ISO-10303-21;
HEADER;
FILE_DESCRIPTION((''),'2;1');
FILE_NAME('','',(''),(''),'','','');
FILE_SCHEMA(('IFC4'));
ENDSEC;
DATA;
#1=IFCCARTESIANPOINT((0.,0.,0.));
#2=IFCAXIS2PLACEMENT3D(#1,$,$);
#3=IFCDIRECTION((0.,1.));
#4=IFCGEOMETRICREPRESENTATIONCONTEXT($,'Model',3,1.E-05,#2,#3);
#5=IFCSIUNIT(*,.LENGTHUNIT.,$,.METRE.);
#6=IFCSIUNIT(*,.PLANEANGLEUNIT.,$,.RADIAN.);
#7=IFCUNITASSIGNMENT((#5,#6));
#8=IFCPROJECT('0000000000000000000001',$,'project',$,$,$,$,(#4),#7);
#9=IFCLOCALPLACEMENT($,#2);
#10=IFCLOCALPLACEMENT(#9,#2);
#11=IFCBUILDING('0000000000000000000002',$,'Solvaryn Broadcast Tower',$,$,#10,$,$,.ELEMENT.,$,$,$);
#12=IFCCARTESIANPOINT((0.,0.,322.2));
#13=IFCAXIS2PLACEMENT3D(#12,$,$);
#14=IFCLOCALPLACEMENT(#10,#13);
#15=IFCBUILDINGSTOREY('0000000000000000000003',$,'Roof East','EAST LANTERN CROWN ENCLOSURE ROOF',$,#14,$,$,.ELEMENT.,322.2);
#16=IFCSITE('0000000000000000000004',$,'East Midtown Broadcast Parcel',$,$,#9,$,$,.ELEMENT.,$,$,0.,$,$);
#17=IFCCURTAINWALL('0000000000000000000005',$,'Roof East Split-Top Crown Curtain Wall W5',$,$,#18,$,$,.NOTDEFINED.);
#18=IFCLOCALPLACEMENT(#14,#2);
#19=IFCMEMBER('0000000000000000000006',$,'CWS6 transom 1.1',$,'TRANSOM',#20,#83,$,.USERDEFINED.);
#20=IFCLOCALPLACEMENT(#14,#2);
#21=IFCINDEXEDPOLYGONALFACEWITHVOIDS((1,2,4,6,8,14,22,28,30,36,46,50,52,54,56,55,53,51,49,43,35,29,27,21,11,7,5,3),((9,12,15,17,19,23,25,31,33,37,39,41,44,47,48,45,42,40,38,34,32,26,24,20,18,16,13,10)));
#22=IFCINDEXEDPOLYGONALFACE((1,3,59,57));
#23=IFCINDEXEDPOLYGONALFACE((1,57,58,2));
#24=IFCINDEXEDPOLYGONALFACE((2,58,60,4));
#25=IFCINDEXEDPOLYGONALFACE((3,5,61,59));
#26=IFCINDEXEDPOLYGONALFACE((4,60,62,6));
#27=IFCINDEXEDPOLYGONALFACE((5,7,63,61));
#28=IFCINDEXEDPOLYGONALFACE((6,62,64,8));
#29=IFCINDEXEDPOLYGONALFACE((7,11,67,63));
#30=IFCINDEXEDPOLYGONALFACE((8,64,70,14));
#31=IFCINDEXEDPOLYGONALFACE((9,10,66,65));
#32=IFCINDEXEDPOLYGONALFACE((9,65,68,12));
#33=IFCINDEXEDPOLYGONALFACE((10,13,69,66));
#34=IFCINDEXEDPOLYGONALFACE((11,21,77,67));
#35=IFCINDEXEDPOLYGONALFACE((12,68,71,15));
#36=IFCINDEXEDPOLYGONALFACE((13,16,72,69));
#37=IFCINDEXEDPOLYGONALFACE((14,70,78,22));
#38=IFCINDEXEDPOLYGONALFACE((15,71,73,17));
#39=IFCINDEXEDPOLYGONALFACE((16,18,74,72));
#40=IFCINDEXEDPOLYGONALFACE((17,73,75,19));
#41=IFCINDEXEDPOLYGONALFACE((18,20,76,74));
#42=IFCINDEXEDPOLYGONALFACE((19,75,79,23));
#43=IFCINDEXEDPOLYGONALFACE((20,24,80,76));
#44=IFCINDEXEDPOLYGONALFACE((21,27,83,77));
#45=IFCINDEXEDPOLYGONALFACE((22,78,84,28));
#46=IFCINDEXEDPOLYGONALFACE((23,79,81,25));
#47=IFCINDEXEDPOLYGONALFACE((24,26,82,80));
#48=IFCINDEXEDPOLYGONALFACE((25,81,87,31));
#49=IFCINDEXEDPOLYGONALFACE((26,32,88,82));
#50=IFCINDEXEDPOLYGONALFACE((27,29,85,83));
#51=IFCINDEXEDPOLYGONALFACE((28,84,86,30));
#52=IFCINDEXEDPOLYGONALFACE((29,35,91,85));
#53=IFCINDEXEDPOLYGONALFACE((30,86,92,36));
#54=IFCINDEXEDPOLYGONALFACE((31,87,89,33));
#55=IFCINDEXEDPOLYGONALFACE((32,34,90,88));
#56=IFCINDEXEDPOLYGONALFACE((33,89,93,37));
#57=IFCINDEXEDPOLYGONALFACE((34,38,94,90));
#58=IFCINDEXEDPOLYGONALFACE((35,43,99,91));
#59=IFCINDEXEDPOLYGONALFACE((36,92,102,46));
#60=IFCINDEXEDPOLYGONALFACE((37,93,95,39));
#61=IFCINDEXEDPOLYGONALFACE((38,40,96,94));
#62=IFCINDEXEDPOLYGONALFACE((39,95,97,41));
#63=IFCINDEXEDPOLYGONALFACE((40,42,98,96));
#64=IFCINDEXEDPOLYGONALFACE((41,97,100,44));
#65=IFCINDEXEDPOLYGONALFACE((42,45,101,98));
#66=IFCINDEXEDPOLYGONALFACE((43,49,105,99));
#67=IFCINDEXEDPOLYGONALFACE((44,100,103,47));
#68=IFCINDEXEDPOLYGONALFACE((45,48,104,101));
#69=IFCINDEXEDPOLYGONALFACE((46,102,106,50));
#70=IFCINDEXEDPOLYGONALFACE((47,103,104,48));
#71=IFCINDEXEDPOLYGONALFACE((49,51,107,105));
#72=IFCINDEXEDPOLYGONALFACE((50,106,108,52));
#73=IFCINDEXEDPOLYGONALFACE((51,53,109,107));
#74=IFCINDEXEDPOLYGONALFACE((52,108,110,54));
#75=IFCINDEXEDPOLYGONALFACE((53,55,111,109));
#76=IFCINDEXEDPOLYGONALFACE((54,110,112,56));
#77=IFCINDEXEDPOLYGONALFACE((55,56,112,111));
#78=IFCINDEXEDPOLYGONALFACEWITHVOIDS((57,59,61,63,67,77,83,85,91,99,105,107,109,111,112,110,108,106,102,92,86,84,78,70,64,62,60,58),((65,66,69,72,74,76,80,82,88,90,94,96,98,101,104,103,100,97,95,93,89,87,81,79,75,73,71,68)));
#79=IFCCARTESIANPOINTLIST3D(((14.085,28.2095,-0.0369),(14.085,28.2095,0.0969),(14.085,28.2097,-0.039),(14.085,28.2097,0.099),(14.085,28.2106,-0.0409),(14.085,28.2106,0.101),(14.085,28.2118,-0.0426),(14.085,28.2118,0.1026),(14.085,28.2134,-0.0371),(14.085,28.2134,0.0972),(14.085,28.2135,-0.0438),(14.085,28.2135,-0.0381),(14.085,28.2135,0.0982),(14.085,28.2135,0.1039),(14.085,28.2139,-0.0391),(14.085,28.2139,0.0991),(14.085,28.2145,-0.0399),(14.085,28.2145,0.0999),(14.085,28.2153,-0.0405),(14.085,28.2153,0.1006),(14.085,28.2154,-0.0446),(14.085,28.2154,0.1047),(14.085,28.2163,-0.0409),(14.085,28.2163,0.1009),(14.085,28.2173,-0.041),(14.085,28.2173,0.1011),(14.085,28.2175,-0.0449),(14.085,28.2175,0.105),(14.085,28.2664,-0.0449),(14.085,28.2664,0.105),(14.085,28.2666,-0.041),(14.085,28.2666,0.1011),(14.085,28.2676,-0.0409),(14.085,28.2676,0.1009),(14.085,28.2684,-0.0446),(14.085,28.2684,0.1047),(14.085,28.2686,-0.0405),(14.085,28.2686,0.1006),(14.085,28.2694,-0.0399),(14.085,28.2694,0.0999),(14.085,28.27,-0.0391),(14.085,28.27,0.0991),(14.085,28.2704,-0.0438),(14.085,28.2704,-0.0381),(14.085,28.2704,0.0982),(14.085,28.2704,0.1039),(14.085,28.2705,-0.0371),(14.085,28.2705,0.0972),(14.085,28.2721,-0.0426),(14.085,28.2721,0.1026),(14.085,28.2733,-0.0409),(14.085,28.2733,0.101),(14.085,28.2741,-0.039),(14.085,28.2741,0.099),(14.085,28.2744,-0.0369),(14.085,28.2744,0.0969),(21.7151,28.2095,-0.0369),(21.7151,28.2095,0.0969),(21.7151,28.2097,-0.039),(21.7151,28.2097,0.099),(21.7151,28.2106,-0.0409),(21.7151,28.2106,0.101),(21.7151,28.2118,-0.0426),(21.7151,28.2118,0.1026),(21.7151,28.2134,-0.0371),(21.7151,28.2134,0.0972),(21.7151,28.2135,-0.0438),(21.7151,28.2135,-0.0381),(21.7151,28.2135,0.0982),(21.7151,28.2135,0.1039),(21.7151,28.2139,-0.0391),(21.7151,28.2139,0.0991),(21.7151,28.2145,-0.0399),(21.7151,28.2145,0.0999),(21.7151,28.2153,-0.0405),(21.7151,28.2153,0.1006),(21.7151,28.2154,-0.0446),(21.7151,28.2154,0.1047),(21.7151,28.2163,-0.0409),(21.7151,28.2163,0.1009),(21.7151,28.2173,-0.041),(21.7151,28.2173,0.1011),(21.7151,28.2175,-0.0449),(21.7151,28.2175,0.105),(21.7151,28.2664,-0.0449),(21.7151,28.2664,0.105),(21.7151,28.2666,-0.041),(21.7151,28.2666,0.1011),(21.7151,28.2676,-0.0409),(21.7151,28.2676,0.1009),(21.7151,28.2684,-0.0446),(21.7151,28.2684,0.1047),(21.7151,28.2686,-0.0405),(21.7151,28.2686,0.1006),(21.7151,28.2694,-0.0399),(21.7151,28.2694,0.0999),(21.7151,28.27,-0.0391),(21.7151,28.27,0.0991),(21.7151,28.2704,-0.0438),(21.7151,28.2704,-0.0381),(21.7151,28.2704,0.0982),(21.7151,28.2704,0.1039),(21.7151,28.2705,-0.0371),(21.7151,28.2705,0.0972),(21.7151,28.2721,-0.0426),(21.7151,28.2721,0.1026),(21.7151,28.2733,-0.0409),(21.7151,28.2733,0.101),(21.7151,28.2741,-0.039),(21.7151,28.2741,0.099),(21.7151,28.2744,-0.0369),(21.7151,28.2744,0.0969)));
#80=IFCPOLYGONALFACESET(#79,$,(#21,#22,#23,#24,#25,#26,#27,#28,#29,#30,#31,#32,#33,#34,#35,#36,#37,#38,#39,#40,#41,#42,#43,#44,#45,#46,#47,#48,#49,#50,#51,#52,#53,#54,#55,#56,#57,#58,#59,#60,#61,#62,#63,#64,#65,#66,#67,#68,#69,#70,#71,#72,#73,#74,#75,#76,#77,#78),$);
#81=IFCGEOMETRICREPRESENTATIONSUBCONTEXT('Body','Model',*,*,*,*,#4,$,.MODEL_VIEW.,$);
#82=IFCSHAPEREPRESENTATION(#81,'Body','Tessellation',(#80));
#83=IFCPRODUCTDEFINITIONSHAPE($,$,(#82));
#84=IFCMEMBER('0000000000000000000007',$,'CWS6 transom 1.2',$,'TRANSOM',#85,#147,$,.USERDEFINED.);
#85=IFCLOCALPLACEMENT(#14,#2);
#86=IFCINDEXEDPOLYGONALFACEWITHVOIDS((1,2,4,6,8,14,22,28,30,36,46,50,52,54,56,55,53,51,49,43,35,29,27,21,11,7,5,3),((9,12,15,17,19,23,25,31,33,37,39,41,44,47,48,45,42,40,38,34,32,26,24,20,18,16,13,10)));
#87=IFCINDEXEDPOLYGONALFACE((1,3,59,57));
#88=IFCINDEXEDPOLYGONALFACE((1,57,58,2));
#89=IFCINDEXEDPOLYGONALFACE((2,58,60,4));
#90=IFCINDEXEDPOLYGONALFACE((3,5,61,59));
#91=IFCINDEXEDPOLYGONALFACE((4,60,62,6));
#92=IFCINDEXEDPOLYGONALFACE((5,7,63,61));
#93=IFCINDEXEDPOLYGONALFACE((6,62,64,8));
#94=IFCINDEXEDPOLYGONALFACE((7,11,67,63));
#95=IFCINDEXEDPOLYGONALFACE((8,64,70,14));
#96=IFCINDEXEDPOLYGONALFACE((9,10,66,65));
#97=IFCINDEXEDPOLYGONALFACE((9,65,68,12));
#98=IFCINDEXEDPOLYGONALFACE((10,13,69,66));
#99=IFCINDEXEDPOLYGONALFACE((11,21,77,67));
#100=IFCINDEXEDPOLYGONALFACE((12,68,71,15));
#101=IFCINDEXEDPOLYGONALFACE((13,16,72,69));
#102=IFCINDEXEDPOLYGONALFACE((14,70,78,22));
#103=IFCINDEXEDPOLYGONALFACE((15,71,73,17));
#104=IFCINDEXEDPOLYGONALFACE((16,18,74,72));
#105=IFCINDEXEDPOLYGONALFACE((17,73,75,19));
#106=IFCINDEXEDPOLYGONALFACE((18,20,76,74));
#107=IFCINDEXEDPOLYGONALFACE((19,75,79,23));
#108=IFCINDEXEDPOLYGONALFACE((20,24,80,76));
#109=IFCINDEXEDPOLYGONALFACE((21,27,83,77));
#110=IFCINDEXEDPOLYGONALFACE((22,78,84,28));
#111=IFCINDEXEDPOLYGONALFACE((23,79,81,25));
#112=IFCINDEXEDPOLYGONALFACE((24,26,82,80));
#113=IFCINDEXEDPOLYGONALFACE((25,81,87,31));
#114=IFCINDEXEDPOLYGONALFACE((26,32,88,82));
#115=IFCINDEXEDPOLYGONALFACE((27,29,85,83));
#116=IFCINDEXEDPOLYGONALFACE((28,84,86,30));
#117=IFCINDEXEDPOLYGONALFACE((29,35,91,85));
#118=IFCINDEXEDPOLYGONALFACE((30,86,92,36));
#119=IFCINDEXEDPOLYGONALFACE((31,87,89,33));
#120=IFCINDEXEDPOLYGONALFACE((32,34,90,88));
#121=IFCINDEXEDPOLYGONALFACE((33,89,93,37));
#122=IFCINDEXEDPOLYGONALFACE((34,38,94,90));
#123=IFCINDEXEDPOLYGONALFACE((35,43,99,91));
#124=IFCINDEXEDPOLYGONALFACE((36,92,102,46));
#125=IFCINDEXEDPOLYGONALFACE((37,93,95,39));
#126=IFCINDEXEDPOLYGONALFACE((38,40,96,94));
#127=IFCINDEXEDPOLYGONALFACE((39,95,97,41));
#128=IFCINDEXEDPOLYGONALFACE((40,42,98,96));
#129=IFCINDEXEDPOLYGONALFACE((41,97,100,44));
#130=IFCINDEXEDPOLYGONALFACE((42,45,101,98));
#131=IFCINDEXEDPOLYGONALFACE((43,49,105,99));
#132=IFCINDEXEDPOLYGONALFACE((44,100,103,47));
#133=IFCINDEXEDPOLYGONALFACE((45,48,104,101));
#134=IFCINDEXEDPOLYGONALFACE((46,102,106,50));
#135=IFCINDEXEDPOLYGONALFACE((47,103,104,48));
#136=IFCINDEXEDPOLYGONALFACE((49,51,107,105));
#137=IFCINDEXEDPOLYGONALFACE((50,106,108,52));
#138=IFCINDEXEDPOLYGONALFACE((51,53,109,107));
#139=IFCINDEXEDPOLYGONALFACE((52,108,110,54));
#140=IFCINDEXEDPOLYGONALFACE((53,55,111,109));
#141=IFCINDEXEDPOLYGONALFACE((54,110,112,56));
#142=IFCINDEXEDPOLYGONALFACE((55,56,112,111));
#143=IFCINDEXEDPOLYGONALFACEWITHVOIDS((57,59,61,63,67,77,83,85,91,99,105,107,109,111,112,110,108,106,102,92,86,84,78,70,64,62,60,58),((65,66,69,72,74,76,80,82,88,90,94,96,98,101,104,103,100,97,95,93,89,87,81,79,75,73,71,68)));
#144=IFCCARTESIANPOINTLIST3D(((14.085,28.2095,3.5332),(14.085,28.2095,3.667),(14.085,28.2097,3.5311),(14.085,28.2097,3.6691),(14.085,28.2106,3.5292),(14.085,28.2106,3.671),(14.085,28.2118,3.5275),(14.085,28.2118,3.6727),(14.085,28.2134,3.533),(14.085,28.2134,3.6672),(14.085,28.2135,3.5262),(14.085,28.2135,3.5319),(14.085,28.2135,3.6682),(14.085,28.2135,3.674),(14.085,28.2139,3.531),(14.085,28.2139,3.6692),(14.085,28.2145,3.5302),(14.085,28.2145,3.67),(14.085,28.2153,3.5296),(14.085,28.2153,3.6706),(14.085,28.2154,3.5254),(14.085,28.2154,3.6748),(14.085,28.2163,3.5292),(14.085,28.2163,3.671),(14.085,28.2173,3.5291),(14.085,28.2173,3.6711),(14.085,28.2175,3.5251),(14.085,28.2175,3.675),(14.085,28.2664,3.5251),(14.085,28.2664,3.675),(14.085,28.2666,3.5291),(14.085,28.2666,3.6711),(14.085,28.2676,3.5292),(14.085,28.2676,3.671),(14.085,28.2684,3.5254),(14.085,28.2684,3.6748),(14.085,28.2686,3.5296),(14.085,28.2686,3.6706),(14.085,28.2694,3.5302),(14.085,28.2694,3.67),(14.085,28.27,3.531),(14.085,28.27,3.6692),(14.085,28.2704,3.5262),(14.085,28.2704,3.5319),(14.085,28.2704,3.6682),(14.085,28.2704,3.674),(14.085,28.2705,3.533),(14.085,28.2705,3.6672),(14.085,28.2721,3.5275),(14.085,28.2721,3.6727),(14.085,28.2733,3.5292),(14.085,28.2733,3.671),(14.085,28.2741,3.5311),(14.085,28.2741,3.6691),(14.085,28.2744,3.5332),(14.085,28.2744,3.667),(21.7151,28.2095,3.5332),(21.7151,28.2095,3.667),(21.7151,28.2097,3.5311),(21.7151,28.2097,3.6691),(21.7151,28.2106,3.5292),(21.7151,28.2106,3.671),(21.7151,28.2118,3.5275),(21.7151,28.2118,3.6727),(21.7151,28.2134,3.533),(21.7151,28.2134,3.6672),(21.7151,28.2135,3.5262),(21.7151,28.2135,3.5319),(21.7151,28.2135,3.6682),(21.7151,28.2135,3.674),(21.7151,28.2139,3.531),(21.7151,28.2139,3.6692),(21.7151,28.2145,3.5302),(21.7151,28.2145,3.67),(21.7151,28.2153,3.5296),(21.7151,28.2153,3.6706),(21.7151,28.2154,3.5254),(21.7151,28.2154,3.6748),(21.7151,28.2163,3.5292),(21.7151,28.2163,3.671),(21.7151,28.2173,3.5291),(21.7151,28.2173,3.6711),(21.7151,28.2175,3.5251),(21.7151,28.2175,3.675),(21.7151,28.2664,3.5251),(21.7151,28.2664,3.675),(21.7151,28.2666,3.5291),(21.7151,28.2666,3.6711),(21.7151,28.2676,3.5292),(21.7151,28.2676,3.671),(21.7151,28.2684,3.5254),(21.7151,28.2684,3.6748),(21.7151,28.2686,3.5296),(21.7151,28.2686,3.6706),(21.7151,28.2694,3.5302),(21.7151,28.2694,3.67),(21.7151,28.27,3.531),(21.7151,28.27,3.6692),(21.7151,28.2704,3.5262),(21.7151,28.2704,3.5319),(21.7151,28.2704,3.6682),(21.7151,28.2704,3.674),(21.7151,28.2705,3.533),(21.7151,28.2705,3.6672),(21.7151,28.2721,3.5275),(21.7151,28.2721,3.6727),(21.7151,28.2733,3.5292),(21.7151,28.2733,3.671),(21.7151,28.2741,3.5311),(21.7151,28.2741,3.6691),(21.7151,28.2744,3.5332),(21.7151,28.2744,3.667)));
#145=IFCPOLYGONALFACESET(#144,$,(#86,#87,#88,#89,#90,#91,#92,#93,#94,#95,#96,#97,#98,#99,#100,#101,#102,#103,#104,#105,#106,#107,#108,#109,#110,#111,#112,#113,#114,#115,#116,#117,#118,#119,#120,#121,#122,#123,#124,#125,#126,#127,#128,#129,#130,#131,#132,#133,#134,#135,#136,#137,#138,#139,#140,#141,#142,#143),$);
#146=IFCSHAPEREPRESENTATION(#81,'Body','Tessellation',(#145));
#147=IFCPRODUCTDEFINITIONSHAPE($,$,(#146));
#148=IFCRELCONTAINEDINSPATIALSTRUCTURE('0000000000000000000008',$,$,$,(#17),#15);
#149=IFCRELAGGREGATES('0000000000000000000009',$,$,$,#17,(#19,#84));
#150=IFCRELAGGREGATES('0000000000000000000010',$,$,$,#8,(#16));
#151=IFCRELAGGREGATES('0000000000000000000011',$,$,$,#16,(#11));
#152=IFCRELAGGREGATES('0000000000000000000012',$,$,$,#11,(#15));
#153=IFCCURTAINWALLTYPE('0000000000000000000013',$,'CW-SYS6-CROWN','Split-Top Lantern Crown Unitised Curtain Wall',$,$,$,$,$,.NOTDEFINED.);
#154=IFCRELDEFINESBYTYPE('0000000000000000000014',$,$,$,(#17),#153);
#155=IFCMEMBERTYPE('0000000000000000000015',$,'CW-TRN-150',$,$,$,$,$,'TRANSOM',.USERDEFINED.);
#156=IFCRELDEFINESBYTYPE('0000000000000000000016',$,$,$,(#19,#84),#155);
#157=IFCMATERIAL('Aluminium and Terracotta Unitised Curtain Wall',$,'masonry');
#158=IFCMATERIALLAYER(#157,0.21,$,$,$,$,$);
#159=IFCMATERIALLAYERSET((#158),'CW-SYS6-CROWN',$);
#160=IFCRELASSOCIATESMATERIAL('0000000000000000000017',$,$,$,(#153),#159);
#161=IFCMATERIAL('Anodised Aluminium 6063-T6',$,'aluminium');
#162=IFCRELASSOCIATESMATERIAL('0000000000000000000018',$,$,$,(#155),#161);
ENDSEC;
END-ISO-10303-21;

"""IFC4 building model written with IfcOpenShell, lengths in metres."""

from ifc_helpers import new_model, si_unit, direction, frame, origin, origin_2d, place, context, subcontext, project, spatial, hollow_rectangle, extrude, material, layer, layer_set, material_profile, profile_set, type_object, element, aggregate, save


model = new_model("IFC4")

# Units and contexts
model_context = context("Model", 3, precision=1e-05, world=origin(), true_north=direction((0.0, 1.0)))
body_context = subcontext(model_context, "Body", "Model", "MODEL_VIEW")
ifc_project = project(units=[si_unit("LENGTHUNIT", "METRE"), si_unit("PLANEANGLEUNIT", "RADIAN")], contexts=[model_context])

# Site, building, storey
site_placement = place(None, origin())
site = spatial("IfcSite", under=ifc_project, at=site_placement, Name="East Midtown Broadcast Parcel", CompositionType="ELEMENT", RefElevation=0.0)
building_placement = place(site_placement, origin())
building = spatial("IfcBuilding", under=site, at=building_placement, Name="Solvaryn Broadcast Tower", CompositionType="ELEMENT")
storey_placement = place(building_placement, frame((0.0, 0.0, 322.2)))
storey = spatial("IfcBuildingStorey", under=building, at=storey_placement, Name="Roof East", Description="EAST LANTERN CROWN ENCLOSURE ROOF", CompositionType="ELEMENT", Elevation=322.2)

# Shared definitions
ifc_material_1 = material(Name="Aluminium and Terracotta Unitised Curtain Wall", Category="masonry")
ifc_layer_1 = layer(ifc_material_1, 0.21)
ifc_layer_set_1 = layer_set([ifc_layer_1], Name="CW-SYS6-CROWN")
curtain_wall_type = type_object("IfcCurtainWallType", Name="CW-SYS6-CROWN", Description="Split-Top Lantern Crown Unitised Curtain Wall", PredefinedType="NOTDEFINED", material=ifc_layer_set_1)

# Curtain wall
curtain_wall_1_placement = place(storey_placement, origin())
curtain_wall_1 = element("IfcCurtainWall", 1, at=curtain_wall_1_placement, inside=storey, type_object=curtain_wall_type, Name="Roof East Split-Top Crown Curtain Wall W5", PredefinedType="NOTDEFINED")

# Members
ifc_material_2 = material(Name="Anodised Aluminium 6063-T6", Category="aluminium")
ifc_material_profile_1 = material_profile(ifc_material_2, hollow_rectangle(XDim=0.0649, YDim=0.1499, WallThickness=0.0039, InnerFilletRadius=0.0039, OuterFilletRadius=0.0081, at=origin_2d()))
ifc_profile_set_1 = profile_set([ifc_material_profile_1], Name="Anodised Aluminium 6063-T6")
member_type_1 = type_object("IfcMemberType", Name="CW-TRN-150", ElementType="TRANSOM", PredefinedType="USERDEFINED", material=ifc_profile_set_1)
member_1_placement = place(storey_placement, frame((14.085, 28.2419, 0.03), z_axis=(1.0, 0.0, 0.0), x_axis=(0.0, 1.0, 0.0)))
member_1 = element("IfcMember", 2, at=member_1_placement, type_object=member_type_1, Name="CWS6 transom 1.1", ObjectType="TRANSOM", PredefinedType="USERDEFINED", context=body_context, shape_type="SweptSolid", body=[
    extrude(hollow_rectangle(XDim=0.0649, YDim=0.1499, WallThickness=0.0039, InnerFilletRadius=0.0039, OuterFilletRadius=0.0081, at=origin_2d()), origin(), (0.0, 0.0, 1.0), 7.6301),
])
member_2_placement = place(storey_placement, frame((14.085, 28.2419, 3.6001), z_axis=(1.0, 0.0, 0.0), x_axis=(0.0, 1.0, 0.0)))
member_2 = element("IfcMember", 3, at=member_2_placement, type_object=member_type_1, Name="CWS6 transom 1.2", ObjectType="TRANSOM", PredefinedType="USERDEFINED", context=body_context, shape_type="SweptSolid", body=[
    extrude(hollow_rectangle(XDim=0.0649, YDim=0.1499, WallThickness=0.0039, InnerFilletRadius=0.0039, OuterFilletRadius=0.0081, at=origin_2d()), origin(), (0.0, 0.0, 1.0), 7.6301),
])
aggregate(curtain_wall_1, [member_1, member_2])

save(model, "model.ifc")
